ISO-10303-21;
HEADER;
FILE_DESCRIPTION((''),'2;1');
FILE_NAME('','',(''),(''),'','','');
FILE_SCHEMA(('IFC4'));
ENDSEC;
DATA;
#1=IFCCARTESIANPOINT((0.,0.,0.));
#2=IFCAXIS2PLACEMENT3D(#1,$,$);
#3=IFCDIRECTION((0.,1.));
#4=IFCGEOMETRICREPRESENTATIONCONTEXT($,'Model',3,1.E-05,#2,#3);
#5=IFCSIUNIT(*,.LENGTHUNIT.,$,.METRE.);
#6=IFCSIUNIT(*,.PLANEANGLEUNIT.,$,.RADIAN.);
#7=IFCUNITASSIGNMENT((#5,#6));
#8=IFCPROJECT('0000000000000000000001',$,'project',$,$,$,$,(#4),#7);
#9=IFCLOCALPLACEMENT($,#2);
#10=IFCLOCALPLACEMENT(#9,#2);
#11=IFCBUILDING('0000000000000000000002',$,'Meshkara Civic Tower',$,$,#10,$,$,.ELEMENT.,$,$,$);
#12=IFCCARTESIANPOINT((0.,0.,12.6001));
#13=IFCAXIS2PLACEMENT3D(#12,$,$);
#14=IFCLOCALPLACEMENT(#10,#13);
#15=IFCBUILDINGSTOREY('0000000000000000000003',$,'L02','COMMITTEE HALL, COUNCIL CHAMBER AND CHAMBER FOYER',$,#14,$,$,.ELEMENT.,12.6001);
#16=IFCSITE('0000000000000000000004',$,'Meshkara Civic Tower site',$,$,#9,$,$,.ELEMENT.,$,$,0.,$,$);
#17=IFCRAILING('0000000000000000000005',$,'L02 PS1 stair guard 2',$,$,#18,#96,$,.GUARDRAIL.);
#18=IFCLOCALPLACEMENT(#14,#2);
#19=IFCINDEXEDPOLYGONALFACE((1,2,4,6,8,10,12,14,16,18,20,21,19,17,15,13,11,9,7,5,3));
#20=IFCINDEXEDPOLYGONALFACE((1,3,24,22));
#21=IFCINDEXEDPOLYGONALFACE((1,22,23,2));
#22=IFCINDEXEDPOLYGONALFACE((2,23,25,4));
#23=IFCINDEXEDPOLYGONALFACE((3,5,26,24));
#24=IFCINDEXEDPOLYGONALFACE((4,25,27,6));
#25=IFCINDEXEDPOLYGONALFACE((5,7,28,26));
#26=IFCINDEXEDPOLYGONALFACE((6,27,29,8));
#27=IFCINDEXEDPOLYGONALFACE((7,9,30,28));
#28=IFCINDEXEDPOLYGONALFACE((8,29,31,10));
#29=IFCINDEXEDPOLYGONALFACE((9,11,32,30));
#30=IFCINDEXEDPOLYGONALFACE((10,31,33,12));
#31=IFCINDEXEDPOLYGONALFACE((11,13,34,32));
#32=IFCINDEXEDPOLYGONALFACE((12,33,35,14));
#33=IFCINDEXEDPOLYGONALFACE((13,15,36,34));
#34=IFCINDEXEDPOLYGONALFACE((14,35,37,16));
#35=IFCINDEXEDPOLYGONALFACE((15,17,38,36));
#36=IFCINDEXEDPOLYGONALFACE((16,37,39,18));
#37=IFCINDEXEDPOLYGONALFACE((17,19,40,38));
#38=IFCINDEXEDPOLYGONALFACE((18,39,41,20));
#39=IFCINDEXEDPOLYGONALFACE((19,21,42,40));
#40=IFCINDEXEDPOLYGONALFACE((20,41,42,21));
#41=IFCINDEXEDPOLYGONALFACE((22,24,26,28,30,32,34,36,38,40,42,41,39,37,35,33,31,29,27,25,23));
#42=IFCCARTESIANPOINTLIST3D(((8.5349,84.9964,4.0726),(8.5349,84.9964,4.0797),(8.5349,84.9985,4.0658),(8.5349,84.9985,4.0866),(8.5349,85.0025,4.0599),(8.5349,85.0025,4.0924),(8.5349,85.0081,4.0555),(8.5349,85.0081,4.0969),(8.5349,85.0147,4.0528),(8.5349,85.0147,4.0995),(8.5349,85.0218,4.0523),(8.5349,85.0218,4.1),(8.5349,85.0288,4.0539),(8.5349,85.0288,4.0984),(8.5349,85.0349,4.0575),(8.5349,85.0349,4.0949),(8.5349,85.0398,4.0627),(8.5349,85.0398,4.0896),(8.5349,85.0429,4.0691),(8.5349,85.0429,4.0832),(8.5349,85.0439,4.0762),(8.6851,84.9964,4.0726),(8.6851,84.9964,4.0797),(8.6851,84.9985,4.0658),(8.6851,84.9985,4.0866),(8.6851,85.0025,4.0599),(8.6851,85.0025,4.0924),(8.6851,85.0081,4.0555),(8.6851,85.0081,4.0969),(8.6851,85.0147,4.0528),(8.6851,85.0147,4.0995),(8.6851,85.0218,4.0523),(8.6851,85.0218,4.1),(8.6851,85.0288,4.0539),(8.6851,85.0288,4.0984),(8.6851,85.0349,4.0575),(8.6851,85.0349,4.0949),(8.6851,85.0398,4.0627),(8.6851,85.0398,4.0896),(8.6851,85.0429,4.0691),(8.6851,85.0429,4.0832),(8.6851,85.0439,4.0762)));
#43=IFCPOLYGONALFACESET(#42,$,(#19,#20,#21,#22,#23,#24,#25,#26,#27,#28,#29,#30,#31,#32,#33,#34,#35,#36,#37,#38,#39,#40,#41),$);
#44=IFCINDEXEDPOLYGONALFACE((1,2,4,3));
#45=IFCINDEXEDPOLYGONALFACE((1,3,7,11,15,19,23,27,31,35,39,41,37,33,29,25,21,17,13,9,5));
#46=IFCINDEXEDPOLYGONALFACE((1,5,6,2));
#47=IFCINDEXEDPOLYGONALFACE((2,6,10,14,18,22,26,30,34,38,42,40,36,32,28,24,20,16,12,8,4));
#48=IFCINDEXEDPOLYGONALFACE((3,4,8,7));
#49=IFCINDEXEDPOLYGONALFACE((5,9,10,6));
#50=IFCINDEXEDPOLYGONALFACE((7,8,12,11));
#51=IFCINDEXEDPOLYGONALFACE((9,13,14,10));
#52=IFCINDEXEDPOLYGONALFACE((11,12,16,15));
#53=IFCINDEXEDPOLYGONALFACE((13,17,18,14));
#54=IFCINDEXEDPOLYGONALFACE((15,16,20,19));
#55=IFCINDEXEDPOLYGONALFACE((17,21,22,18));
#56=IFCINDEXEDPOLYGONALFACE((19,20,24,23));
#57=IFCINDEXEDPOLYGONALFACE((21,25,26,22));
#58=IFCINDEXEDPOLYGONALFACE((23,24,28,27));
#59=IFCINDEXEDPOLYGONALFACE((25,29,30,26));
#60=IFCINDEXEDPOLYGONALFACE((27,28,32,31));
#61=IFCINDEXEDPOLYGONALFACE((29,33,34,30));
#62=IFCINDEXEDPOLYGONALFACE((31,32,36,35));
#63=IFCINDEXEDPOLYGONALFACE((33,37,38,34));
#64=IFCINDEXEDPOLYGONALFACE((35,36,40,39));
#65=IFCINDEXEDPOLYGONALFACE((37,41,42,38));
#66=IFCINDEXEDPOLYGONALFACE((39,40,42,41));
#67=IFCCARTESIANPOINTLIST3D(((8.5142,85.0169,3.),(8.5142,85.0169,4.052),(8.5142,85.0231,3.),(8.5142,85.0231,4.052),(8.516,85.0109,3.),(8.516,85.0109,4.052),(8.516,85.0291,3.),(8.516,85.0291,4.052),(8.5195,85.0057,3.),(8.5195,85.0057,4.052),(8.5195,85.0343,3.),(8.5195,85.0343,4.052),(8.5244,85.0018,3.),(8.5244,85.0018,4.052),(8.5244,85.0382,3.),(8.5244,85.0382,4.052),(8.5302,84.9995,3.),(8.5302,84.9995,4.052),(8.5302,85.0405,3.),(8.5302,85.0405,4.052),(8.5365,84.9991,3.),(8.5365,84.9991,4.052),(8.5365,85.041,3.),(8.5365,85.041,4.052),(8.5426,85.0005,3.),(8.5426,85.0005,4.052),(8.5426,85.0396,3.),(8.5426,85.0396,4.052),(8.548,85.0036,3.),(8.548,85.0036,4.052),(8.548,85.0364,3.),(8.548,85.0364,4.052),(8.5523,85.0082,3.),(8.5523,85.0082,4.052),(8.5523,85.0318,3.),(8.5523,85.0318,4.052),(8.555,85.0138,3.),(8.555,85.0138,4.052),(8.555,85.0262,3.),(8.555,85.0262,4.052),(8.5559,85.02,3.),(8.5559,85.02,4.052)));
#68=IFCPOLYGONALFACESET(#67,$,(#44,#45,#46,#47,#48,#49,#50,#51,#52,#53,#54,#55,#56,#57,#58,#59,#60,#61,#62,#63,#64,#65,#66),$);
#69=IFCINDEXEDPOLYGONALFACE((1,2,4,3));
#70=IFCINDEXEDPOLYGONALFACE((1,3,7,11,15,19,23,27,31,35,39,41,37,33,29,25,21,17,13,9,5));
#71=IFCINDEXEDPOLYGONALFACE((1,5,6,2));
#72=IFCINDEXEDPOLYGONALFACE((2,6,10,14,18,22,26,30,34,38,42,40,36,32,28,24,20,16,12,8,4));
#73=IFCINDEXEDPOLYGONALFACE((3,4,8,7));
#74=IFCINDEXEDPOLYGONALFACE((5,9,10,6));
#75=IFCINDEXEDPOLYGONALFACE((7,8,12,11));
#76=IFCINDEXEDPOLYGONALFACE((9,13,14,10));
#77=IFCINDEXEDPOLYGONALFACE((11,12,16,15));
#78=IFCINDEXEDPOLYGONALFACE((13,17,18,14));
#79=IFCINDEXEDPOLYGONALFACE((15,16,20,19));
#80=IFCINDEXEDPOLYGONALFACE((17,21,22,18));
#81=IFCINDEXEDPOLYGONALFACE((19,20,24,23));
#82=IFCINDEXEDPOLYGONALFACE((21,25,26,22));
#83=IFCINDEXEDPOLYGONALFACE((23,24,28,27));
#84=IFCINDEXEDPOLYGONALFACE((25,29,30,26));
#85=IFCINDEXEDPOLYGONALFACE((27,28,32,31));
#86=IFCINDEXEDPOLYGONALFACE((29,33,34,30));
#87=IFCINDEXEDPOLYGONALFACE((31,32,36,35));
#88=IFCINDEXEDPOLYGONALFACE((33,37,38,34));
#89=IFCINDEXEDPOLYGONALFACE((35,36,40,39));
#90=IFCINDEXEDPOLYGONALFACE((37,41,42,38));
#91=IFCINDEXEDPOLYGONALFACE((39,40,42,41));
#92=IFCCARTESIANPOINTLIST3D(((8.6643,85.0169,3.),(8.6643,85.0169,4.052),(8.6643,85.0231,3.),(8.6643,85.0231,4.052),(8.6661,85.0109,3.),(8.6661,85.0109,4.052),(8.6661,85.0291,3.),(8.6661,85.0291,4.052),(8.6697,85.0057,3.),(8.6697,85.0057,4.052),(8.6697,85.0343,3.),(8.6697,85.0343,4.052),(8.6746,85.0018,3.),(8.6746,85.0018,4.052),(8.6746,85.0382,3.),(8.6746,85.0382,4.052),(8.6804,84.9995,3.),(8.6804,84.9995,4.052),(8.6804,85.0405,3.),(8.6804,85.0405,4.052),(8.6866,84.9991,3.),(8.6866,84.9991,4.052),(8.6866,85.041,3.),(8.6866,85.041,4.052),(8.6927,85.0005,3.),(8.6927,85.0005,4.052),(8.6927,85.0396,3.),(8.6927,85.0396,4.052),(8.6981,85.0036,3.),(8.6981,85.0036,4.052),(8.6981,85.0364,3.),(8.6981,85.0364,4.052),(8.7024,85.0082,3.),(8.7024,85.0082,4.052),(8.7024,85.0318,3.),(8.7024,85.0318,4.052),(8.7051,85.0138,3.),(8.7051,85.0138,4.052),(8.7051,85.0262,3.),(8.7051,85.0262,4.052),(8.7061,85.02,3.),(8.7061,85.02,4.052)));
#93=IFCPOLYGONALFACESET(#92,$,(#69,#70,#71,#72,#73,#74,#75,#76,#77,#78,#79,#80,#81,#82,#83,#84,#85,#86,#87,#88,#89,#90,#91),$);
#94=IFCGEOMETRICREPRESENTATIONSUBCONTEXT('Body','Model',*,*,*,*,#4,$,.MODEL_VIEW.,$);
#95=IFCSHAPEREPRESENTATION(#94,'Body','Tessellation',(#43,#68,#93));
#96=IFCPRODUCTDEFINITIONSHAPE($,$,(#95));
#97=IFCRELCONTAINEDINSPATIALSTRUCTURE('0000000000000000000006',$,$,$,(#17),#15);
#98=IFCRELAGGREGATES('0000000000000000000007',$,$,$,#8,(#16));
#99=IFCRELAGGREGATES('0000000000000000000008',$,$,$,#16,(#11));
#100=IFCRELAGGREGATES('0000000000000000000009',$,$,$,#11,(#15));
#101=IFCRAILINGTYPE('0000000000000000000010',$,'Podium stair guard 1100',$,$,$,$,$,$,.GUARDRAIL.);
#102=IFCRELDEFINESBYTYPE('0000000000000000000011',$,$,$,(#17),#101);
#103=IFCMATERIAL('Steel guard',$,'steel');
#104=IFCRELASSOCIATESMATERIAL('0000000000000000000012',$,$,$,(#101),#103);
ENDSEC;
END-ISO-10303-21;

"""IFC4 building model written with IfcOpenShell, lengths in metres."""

from ifc_helpers import new_model, si_unit, direction, frame, origin, origin_2d, place, context, subcontext, project, spatial, circle, extrude, material, type_object, element, save


model = new_model("IFC4")

# Units and contexts
model_context = context("Model", 3, precision=1e-05, world=origin(), true_north=direction((0.0, 1.0)))
body_context = subcontext(model_context, "Body", "Model", "MODEL_VIEW")
ifc_project = project(units=[si_unit("LENGTHUNIT", "METRE"), si_unit("PLANEANGLEUNIT", "RADIAN")], contexts=[model_context])

# Site, building, storey
site_placement = place(None, origin())
site = spatial("IfcSite", under=ifc_project, at=site_placement, Name="Meshkara Civic Tower site", CompositionType="ELEMENT", RefElevation=0.0)
building_placement = place(site_placement, origin())
building = spatial("IfcBuilding", under=site, at=building_placement, Name="Meshkara Civic Tower", CompositionType="ELEMENT")
storey_placement = place(building_placement, frame((0.0, 0.0, 12.6001)))
storey = spatial("IfcBuildingStorey", under=building, at=storey_placement, Name="L02", Description="COMMITTEE HALL, COUNCIL CHAMBER AND CHAMBER FOYER", CompositionType="ELEMENT", Elevation=12.6001)

# Railing
ifc_material_1 = material(Name="Steel guard", Category="steel")
railing_type_1 = type_object("IfcRailingType", Name="Podium stair guard 1100", PredefinedType="GUARDRAIL", material=ifc_material_1)
railing_1_placement = place(storey_placement, frame((8.5349, 85.02, 3.0)))
element("IfcRailing", 1, at=railing_1_placement, inside=storey, type_object=railing_type_1, Name="L02 PS1 stair guard 2", PredefinedType="GUARDRAIL", context=body_context, shape_type="SweptSolid", body=[
    extrude(circle(Radius=0.0239, at=origin_2d()), frame((0.0, 0.0, 1.0762), z_axis=(1.0, 0.0, 0.0), x_axis=(0.0, 1.0, 0.0)), (0.0, 0.0, 1.0), 0.1501),
    extrude(circle(Radius=0.021, at=origin_2d()), origin(), (0.0, 0.0, 1.0), 1.052),
    extrude(circle(Radius=0.021, at=origin_2d()), frame((0.1501, 0.0, 0.0)), (0.0, 0.0, 1.0), 1.052),
])

save(model, "model.ifc")
